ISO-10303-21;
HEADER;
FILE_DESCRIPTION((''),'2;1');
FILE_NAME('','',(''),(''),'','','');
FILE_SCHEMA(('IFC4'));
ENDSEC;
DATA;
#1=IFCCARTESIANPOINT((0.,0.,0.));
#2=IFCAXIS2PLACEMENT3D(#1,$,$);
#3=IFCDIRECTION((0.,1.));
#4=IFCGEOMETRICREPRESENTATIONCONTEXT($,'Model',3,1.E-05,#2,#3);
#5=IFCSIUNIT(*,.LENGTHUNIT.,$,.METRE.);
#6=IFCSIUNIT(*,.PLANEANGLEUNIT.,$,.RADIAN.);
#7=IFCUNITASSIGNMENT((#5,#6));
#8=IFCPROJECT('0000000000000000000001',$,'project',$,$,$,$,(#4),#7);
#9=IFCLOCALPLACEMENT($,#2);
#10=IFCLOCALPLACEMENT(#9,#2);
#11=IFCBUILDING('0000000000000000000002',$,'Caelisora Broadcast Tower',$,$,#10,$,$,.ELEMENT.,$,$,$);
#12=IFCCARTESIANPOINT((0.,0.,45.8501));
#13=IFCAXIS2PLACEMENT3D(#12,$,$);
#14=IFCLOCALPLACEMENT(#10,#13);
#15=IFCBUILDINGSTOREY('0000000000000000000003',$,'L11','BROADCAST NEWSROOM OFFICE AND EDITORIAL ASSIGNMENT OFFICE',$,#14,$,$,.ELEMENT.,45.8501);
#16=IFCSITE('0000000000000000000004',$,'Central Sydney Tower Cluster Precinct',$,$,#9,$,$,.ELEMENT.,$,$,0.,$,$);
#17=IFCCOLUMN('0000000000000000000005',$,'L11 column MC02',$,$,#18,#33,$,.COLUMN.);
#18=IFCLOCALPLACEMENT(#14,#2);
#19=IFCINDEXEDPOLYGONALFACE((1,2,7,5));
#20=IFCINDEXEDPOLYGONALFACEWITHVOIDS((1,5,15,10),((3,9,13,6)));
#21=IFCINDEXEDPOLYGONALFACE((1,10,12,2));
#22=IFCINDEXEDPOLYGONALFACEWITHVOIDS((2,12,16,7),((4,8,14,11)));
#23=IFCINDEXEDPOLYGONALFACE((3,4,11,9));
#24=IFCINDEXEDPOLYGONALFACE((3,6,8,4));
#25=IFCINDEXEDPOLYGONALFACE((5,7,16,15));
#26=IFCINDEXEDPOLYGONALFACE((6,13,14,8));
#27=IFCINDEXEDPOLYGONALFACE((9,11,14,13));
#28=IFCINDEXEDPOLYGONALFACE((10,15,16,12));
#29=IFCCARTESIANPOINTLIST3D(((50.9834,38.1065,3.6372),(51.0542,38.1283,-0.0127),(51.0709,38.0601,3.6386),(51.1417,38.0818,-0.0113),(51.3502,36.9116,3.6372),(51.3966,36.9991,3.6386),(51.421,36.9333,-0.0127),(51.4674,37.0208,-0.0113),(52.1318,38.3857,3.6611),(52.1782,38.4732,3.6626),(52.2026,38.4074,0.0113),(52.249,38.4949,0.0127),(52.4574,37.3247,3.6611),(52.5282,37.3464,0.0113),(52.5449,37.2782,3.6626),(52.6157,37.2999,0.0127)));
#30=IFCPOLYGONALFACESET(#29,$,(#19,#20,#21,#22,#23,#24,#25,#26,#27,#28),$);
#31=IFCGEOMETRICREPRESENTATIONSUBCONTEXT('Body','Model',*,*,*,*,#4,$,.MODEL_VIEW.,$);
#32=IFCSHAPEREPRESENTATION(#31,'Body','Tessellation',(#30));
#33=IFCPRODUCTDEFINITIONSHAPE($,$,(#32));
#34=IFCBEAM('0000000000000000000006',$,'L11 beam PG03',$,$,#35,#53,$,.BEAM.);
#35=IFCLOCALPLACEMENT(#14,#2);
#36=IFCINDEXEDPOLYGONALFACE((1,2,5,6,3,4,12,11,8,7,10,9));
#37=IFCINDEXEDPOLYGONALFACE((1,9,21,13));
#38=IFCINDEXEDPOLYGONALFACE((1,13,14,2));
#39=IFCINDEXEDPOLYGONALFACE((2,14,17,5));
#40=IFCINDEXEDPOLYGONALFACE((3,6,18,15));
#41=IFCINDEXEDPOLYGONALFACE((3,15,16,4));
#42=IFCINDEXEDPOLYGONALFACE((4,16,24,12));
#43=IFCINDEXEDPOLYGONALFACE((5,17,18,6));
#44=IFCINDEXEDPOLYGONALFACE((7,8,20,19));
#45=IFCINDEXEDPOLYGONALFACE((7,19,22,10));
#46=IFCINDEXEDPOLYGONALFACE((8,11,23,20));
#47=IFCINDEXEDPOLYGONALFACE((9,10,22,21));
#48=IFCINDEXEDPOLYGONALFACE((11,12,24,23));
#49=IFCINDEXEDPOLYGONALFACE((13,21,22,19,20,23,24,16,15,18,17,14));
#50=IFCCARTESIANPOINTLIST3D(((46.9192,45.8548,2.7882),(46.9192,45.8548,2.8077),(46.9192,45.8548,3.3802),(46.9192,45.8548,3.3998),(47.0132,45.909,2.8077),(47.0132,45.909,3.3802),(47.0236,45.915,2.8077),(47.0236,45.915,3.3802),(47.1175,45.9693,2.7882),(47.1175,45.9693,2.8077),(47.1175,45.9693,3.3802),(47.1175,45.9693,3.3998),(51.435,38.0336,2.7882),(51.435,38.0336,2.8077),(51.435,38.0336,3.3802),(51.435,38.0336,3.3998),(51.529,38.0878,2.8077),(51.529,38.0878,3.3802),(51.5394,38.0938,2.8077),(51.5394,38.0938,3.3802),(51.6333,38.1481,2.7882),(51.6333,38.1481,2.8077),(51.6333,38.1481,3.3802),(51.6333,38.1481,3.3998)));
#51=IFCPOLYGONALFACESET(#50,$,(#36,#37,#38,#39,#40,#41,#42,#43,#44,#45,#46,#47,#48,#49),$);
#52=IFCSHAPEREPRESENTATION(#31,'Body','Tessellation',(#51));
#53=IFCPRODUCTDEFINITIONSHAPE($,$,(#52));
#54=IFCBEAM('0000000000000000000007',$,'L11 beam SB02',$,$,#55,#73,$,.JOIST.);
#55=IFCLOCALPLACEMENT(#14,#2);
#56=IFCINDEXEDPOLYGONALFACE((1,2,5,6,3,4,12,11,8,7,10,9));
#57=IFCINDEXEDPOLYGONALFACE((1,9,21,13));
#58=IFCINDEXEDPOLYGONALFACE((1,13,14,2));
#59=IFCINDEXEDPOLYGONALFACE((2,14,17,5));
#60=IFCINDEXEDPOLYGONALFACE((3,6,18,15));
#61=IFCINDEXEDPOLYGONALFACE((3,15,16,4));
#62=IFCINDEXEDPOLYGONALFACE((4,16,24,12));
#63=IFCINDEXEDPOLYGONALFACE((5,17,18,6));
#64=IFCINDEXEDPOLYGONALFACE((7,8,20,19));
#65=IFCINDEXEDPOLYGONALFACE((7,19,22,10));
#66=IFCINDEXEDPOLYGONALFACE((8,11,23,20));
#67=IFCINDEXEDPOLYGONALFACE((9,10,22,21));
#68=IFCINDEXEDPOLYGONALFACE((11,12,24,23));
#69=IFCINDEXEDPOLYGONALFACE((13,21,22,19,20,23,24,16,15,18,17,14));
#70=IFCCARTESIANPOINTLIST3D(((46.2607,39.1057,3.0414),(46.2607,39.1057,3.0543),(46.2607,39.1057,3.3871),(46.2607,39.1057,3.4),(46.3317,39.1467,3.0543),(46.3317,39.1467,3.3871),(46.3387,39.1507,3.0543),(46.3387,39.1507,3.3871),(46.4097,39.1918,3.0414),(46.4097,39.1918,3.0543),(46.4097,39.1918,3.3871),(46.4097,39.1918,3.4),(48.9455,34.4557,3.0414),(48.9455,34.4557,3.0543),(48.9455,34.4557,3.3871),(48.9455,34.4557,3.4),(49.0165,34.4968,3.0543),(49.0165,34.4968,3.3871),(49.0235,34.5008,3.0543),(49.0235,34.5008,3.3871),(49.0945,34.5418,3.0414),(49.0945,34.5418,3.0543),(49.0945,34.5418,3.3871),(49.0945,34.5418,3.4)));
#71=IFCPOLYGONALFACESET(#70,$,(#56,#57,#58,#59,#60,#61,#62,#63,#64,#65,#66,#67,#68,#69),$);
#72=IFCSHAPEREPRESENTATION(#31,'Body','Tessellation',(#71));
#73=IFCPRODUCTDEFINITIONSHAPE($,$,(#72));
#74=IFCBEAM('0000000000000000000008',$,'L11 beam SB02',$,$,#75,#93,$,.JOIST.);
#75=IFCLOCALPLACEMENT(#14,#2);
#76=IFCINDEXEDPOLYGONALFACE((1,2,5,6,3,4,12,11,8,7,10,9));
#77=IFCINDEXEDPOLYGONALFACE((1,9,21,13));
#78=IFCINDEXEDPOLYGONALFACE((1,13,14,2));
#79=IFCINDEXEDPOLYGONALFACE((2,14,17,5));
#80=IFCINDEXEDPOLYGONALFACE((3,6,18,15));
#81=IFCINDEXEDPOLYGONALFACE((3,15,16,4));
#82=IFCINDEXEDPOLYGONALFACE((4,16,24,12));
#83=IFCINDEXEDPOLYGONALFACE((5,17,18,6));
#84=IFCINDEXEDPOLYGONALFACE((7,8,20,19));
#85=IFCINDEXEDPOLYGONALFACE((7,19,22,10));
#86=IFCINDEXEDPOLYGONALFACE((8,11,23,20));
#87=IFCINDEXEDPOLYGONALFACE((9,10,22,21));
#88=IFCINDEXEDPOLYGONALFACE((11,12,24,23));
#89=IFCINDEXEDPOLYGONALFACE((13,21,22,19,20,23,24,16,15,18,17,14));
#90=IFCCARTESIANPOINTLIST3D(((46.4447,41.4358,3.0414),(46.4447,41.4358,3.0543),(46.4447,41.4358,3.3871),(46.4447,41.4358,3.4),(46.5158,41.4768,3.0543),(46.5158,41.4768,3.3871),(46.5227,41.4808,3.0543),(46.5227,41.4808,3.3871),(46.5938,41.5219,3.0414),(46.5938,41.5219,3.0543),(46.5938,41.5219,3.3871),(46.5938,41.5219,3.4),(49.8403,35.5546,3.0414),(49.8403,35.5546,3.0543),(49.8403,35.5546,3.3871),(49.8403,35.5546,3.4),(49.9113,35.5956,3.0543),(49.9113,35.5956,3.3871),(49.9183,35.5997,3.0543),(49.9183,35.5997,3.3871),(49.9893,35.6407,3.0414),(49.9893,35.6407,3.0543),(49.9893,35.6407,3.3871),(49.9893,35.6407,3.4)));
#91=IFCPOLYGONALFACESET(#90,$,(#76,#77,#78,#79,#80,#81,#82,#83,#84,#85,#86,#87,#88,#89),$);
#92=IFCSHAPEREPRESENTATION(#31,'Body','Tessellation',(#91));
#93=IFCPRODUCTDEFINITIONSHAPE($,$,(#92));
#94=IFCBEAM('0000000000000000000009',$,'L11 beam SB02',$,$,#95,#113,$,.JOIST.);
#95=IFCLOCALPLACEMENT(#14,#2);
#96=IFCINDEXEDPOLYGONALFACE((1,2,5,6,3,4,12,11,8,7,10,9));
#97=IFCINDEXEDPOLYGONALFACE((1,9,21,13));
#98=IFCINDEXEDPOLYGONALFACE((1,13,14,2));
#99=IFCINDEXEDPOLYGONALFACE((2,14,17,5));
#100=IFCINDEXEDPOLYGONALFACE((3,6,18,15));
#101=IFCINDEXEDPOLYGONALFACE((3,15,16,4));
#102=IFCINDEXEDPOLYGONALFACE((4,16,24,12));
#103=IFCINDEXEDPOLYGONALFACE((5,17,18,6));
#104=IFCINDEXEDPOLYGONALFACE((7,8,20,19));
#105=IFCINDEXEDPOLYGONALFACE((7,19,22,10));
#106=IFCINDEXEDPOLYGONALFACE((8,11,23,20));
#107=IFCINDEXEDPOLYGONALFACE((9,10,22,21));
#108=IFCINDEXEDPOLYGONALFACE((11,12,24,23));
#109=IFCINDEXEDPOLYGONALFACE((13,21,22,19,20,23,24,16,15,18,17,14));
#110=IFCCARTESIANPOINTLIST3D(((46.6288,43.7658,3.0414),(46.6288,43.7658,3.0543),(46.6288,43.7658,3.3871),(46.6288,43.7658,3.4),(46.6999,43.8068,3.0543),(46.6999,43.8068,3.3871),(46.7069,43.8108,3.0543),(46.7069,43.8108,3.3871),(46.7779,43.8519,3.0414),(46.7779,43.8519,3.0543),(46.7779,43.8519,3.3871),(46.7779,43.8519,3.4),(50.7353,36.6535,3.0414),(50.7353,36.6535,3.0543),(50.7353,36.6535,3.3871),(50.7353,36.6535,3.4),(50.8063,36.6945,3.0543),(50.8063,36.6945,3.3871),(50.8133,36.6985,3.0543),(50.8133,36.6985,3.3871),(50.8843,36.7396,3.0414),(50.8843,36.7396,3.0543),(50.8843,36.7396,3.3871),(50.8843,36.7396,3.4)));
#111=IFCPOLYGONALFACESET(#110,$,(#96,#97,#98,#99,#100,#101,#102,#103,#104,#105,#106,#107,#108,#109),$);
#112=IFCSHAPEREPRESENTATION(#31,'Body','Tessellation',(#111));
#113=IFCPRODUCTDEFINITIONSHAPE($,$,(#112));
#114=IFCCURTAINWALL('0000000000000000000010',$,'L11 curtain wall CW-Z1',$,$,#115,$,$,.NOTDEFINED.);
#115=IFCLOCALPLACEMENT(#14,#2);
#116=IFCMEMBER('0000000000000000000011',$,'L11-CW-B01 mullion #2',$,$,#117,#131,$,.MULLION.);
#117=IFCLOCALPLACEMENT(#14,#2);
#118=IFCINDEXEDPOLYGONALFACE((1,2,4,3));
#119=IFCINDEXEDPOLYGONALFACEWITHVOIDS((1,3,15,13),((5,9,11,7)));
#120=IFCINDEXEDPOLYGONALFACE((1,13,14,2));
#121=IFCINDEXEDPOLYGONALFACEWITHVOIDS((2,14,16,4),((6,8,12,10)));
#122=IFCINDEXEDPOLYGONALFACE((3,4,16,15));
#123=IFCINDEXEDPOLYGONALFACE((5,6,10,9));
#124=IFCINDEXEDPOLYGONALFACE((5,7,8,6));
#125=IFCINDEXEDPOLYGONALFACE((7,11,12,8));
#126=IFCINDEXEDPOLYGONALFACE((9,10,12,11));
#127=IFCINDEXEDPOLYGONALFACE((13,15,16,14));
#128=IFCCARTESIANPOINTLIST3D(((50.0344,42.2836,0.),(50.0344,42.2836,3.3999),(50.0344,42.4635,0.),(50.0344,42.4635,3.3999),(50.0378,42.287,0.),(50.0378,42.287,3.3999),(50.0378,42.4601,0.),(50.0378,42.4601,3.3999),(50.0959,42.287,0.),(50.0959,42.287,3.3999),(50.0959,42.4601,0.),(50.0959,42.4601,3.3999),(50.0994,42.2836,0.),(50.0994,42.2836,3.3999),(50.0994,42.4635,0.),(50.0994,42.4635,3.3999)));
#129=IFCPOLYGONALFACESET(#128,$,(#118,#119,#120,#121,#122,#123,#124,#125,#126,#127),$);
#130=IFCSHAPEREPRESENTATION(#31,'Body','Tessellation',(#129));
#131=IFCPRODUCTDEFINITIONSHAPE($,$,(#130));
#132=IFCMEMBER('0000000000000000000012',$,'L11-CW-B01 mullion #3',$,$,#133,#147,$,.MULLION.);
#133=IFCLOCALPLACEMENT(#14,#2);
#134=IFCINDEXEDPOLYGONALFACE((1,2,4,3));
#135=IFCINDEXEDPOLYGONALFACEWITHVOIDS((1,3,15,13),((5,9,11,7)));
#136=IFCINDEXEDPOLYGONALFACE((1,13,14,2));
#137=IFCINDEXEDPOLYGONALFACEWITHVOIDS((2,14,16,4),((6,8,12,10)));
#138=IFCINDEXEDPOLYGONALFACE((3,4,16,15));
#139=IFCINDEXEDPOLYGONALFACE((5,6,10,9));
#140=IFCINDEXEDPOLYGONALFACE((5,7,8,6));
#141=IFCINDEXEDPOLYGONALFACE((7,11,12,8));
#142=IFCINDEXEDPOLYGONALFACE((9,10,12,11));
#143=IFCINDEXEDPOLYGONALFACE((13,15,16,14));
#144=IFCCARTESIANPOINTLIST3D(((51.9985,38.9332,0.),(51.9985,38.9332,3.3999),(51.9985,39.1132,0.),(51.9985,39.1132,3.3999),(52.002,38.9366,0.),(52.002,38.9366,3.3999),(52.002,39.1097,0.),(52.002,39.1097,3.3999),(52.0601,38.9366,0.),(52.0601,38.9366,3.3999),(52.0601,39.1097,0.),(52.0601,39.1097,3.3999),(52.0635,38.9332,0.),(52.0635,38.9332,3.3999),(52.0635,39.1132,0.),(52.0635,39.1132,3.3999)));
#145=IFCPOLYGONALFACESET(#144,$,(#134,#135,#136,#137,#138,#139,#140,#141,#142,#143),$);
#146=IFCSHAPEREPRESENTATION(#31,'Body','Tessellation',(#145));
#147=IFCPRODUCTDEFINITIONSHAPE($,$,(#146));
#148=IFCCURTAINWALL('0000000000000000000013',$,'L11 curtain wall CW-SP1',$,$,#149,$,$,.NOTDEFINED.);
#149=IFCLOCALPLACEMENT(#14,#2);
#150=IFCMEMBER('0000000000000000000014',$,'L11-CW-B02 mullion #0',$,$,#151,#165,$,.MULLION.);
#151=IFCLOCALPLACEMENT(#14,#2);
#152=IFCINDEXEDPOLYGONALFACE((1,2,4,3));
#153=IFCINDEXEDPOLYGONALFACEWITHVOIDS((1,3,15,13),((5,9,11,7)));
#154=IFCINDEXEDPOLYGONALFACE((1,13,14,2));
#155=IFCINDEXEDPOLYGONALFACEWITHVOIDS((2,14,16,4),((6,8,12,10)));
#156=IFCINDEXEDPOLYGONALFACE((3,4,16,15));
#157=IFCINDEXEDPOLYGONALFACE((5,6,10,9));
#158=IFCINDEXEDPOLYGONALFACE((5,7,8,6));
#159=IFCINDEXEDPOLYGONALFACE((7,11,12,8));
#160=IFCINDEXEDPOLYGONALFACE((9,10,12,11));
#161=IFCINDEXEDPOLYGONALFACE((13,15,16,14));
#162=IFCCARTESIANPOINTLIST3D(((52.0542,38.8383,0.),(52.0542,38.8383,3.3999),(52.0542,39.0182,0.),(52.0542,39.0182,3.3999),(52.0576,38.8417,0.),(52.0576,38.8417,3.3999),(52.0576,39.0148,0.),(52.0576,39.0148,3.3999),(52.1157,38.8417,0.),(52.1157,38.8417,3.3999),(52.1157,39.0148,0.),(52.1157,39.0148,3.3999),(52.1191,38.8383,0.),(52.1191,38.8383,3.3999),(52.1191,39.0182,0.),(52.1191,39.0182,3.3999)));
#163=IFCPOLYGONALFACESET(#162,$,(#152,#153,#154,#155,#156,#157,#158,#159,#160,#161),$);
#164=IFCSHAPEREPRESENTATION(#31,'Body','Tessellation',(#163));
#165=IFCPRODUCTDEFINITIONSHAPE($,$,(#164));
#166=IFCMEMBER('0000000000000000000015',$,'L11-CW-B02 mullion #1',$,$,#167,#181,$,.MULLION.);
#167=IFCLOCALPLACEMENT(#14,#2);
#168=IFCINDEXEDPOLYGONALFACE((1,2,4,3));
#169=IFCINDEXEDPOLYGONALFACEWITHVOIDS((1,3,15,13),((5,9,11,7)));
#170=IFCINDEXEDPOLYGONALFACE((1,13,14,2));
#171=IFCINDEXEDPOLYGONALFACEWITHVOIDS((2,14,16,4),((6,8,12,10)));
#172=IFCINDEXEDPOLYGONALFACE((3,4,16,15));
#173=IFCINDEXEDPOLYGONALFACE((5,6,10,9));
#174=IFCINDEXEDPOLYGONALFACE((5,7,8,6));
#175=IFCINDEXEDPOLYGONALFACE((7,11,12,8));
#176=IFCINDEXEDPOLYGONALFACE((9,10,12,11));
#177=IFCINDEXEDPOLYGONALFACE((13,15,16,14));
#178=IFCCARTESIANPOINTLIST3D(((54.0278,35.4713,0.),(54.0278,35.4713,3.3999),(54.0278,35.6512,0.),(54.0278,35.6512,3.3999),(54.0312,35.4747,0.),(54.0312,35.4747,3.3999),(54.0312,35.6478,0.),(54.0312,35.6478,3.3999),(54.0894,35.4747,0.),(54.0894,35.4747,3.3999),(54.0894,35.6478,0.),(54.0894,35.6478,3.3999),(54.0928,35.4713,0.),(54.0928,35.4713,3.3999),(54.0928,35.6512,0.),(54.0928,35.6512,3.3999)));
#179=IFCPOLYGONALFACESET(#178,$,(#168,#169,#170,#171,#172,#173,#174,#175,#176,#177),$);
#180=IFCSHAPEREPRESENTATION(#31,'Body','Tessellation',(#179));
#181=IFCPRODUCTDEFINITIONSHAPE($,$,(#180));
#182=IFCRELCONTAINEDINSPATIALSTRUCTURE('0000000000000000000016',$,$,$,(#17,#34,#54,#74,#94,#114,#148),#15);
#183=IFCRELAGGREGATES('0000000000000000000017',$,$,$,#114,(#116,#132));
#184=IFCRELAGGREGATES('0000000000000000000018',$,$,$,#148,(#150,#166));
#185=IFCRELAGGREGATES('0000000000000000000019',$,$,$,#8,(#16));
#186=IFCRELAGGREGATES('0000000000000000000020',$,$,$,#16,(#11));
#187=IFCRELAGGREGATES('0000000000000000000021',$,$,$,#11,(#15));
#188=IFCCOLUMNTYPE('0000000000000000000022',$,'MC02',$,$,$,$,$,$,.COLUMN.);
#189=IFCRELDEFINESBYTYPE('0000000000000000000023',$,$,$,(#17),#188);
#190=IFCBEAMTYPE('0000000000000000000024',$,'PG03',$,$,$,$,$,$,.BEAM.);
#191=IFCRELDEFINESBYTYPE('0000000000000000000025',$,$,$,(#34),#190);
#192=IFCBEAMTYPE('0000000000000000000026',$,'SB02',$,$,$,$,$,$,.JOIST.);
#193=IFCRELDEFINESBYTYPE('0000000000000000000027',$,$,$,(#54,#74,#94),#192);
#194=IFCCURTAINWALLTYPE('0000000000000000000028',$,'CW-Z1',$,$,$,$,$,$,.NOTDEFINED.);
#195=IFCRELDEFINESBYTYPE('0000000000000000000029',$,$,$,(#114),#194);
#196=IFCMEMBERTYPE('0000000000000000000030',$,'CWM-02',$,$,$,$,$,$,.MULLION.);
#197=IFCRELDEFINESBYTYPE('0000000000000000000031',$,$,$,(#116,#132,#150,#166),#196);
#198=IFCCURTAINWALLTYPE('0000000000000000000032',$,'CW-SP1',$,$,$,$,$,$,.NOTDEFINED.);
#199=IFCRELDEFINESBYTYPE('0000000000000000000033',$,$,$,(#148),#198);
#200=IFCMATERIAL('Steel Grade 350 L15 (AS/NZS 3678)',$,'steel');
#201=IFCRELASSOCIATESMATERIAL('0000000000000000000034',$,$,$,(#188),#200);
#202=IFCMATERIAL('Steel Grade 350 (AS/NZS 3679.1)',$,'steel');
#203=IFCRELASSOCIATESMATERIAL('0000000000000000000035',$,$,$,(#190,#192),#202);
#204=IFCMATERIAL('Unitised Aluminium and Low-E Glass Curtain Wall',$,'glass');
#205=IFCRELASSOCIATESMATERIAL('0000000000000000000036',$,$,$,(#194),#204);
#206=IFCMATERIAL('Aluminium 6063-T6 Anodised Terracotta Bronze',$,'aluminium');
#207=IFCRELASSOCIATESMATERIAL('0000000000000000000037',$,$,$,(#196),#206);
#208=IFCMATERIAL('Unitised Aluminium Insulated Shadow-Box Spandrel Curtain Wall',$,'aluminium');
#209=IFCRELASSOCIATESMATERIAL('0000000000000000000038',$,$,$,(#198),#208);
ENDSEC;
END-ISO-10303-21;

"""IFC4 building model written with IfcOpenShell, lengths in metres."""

from ifc_helpers import new_model, si_unit, direction, frame, origin, origin_2d, place, context, subcontext, project, spatial, hollow_rectangle, i_section, extrude, source, transform, mapped, material, material_profile, profile_set, type_object, type_shapes, element, aggregate, save


model = new_model("IFC4")

# Units and contexts
model_context = context("Model", 3, precision=1e-05, world=origin(), true_north=direction((0.0, 1.0)))
body_context = subcontext(model_context, "Body", "Model", "MODEL_VIEW")
ifc_project = project(units=[si_unit("LENGTHUNIT", "METRE"), si_unit("PLANEANGLEUNIT", "RADIAN")], contexts=[model_context])

# Site, building, storey
site_placement = place(None, origin())
site = spatial("IfcSite", under=ifc_project, at=site_placement, Name="Central Sydney Tower Cluster Precinct", CompositionType="ELEMENT", RefElevation=0.0)
building_placement = place(site_placement, origin())
building = spatial("IfcBuilding", under=site, at=building_placement, Name="Caelisora Broadcast Tower", CompositionType="ELEMENT")
storey_placement = place(building_placement, frame((0.0, 0.0, 45.8501)))
storey = spatial("IfcBuildingStorey", under=building, at=storey_placement, Name="L11", Description="BROADCAST NEWSROOM OFFICE AND EDITORIAL ASSIGNMENT OFFICE", CompositionType="ELEMENT", Elevation=45.8501)

# Column
ifc_material_1 = material(Name="Steel Grade 350 L15 (AS/NZS 3678)", Category="steel")
ifc_material_profile_1 = material_profile(ifc_material_1, hollow_rectangle(XDim=1.25, YDim=1.25, WallThickness=0.0701, at=origin_2d()), Name="Steel Grade 350 L15 (AS/NZS 3678)")
ifc_profile_set_1 = profile_set([ifc_material_profile_1], Name="Steel Grade 350 L15 (AS/NZS 3678)")
column_type = type_object("IfcColumnType", Name="MC02", PredefinedType="COLUMN", material=ifc_profile_set_1)
shared_shape_1 = source(origin(), body_context, "Body", "SweptSolid", [
    extrude(hollow_rectangle(XDim=1.25, YDim=1.25, WallThickness=0.0701, at=origin_2d()), origin(), (0.0, 0.0, 1.0), 3.6506),
])
type_shapes(column_type, [shared_shape_1])
column_placement = place(storey_placement, frame((51.835, 37.7141, 0.0), z_axis=(-0.019394, -0.005952, 0.999794), x_axis=(0.293391, -0.955993, 0.0)))
element("IfcColumn", 1, at=column_placement, inside=storey, type_object=column_type, Name="L11 column MC02", PredefinedType="COLUMN", context=body_context, shape_type="MappedRepresentation", body=[
    mapped(shared_shape_1, transform((0.0, 0.0, 0.0), scale=1.0)),
])

# Beams
ifc_material_2 = material(Name="Steel Grade 350 (AS/NZS 3679.1)", Category="steel")
ifc_material_profile_2 = material_profile(ifc_material_2, i_section(OverallWidth=0.229, OverallDepth=0.6116, WebThickness=0.012, FlangeThickness=0.0195, at=origin_2d()), Name="Steel Grade 350 (AS/NZS 3679.1)")
ifc_profile_set_2 = profile_set([ifc_material_profile_2], Name="Steel Grade 350 (AS/NZS 3679.1)")
beam_type_1 = type_object("IfcBeamType", Name="PG03", PredefinedType="BEAM", material=ifc_profile_set_2)
shared_shape_2 = source(origin(), body_context, "Body", "SweptSolid", [
    extrude(i_section(OverallWidth=0.229, OverallDepth=0.6116, WebThickness=0.012, FlangeThickness=0.0195, at=origin_2d()), origin(), (0.0, 0.0, 1.0), 9.0312),
])
type_shapes(beam_type_1, [shared_shape_2])
beam_1_placement = place(storey_placement, frame((51.5342, 38.0908, 3.094), z_axis=(-0.50002, 0.866014, 0.0), x_axis=(-0.866014, -0.50002, 0.0)))
element("IfcBeam", 2, at=beam_1_placement, inside=storey, type_object=beam_type_1, Name="L11 beam PG03", PredefinedType="BEAM", context=body_context, shape_type="MappedRepresentation", body=[
    mapped(shared_shape_2, transform((0.0, 0.0, 0.0), scale=1.0)),
])
ifc_material_profile_3 = material_profile(ifc_material_2, i_section(OverallWidth=0.1721, OverallDepth=0.3586, WebThickness=0.0081, FlangeThickness=0.0129, at=origin_2d()), Name="Steel Grade 350 (AS/NZS 3679.1)")
ifc_profile_set_3 = profile_set([ifc_material_profile_3], Name="Steel Grade 350 (AS/NZS 3679.1)")
beam_type_2 = type_object("IfcBeamType", Name="SB02", PredefinedType="JOIST", material=ifc_profile_set_3)
shared_shape_3 = source(origin(), body_context, "Body", "SweptSolid", [
    extrude(i_section(OverallWidth=0.1721, OverallDepth=0.3586, WebThickness=0.0081, FlangeThickness=0.0129, at=origin_2d()), origin(), (0.0, 0.0, 1.0), 5.3694),
])
beam_2_placement = place(storey_placement, frame((49.02, 34.4988, 3.2207), z_axis=(-0.500027, 0.86601, 0.0), x_axis=(-0.86601, -0.500027, 0.0)))
element("IfcBeam", 3, at=beam_2_placement, inside=storey, type_object=beam_type_2, Name="L11 beam SB02", PredefinedType="JOIST", context=body_context, shape_type="MappedRepresentation", body=[
    mapped(shared_shape_3, transform((0.0, 0.0, 0.0), scale=1.0)),
])
shared_shape_4 = source(origin(), body_context, "Body", "SweptSolid", [
    extrude(i_section(OverallWidth=0.1721, OverallDepth=0.3586, WebThickness=0.0081, FlangeThickness=0.0129, at=origin_2d()), origin(), (0.0, 0.0, 1.0), 6.791),
])
beam_3_placement = place(storey_placement, frame((49.9148, 35.5977, 3.2207), z_axis=(-0.500006, 0.866022, 0.0), x_axis=(-0.866022, -0.500006, 0.0)))
element("IfcBeam", 4, at=beam_3_placement, inside=storey, type_object=beam_type_2, Name="L11 beam SB02", PredefinedType="JOIST", context=body_context, shape_type="MappedRepresentation", body=[
    mapped(shared_shape_4, transform((0.0, 0.0, 0.0), scale=1.0)),
])
shared_shape_5 = source(origin(), body_context, "Body", "SweptSolid", [
    extrude(i_section(OverallWidth=0.1721, OverallDepth=0.3586, WebThickness=0.0081, FlangeThickness=0.0129, at=origin_2d()), origin(), (0.0, 0.0, 1.0), 8.2126),
])
type_shapes(beam_type_2, [shared_shape_3, shared_shape_4, shared_shape_5])
beam_4_placement = place(storey_placement, frame((50.8098, 36.6965, 3.2207), z_axis=(-0.500014, 0.866017, 0.0), x_axis=(-0.866017, -0.500014, 0.0)))
element("IfcBeam", 5, at=beam_4_placement, inside=storey, type_object=beam_type_2, Name="L11 beam SB02", PredefinedType="JOIST", context=body_context, shape_type="MappedRepresentation", body=[
    mapped(shared_shape_5, transform((0.0, 0.0, 0.0), scale=1.0)),
])

# Curtain walls, members
ifc_material_3 = material(Name="Unitised Aluminium and Low-E Glass Curtain Wall", Category="glass")
curtain_wall_type_1 = type_object("IfcCurtainWallType", Name="CW-Z1", PredefinedType="NOTDEFINED", material=ifc_material_3)
curtain_wall_1_placement = place(storey_placement, origin())
curtain_wall_1 = element("IfcCurtainWall", 6, at=curtain_wall_1_placement, inside=storey, type_object=curtain_wall_type_1, Name="L11 curtain wall CW-Z1", PredefinedType="NOTDEFINED")
ifc_material_4 = material(Name="Aluminium 6063-T6 Anodised Terracotta Bronze", Category="aluminium")
ifc_material_profile_4 = material_profile(ifc_material_4, hollow_rectangle(XDim=0.0649, YDim=0.1799, WallThickness=0.0034, at=origin_2d()), Name="Aluminium 6063-T6 Anodised Terracotta Bronze")
ifc_profile_set_4 = profile_set([ifc_material_profile_4], Name="Aluminium 6063-T6 Anodised Terracotta Bronze")
member_type_1 = type_object("IfcMemberType", Name="CWM-02", PredefinedType="MULLION", material=ifc_profile_set_4)
shared_shape_6 = source(origin(), body_context, "Body", "SweptSolid", [
    extrude(hollow_rectangle(XDim=0.0649, YDim=0.1799, WallThickness=0.0034, at=origin_2d()), origin(), (0.0, 0.0, 1.0), 3.3999),
])
type_shapes(member_type_1, [shared_shape_6])
member_1_placement = place(storey_placement, frame((50.0669, 42.3735, 0.0), z_axis=(0.0, 0.0, 1.0), x_axis=(1.0, 0.0, 0.0)))
member_1 = element("IfcMember", 7, at=member_1_placement, type_object=member_type_1, Name="L11-CW-B01 mullion #2", PredefinedType="MULLION", context=body_context, shape_type="MappedRepresentation", body=[
    mapped(shared_shape_6, transform((0.0, 0.0, 0.0), scale=1.0)),
])
member_2_placement = place(storey_placement, frame((52.031, 39.0232, 0.0), z_axis=(0.0, 0.0, 1.0), x_axis=(1.0, 0.0, 0.0)))
member_2 = element("IfcMember", 8, at=member_2_placement, type_object=member_type_1, Name="L11-CW-B01 mullion #3", PredefinedType="MULLION", context=body_context, shape_type="MappedRepresentation", body=[
    mapped(shared_shape_6, transform((0.0, 0.0, 0.0), scale=1.0)),
])
ifc_material_5 = material(Name="Unitised Aluminium Insulated Shadow-Box Spandrel Curtain Wall", Category="aluminium")
curtain_wall_type_2 = type_object("IfcCurtainWallType", Name="CW-SP1", PredefinedType="NOTDEFINED", material=ifc_material_5)
curtain_wall_2_placement = place(storey_placement, origin())
curtain_wall_2 = element("IfcCurtainWall", 9, at=curtain_wall_2_placement, inside=storey, type_object=curtain_wall_type_2, Name="L11 curtain wall CW-SP1", PredefinedType="NOTDEFINED")
member_3_placement = place(storey_placement, frame((52.0867, 38.9282, 0.0), z_axis=(0.0, 0.0, 1.0), x_axis=(1.0, 0.0, 0.0)))
member_3 = element("IfcMember", 10, at=member_3_placement, type_object=member_type_1, Name="L11-CW-B02 mullion #0", PredefinedType="MULLION", context=body_context, shape_type="MappedRepresentation", body=[
    mapped(shared_shape_6, transform((0.0, 0.0, 0.0), scale=1.0)),
])
member_4_placement = place(storey_placement, frame((54.0603, 35.5613, 0.0), z_axis=(0.0, 0.0, 1.0), x_axis=(1.0, 0.0, 0.0)))
member_4 = element("IfcMember", 11, at=member_4_placement, type_object=member_type_1, Name="L11-CW-B02 mullion #1", PredefinedType="MULLION", context=body_context, shape_type="MappedRepresentation", body=[
    mapped(shared_shape_6, transform((0.0, 0.0, 0.0), scale=1.0)),
])

aggregate(curtain_wall_1, [member_1, member_2])
aggregate(curtain_wall_2, [member_3, member_4])

save(model, "model.ifc")
